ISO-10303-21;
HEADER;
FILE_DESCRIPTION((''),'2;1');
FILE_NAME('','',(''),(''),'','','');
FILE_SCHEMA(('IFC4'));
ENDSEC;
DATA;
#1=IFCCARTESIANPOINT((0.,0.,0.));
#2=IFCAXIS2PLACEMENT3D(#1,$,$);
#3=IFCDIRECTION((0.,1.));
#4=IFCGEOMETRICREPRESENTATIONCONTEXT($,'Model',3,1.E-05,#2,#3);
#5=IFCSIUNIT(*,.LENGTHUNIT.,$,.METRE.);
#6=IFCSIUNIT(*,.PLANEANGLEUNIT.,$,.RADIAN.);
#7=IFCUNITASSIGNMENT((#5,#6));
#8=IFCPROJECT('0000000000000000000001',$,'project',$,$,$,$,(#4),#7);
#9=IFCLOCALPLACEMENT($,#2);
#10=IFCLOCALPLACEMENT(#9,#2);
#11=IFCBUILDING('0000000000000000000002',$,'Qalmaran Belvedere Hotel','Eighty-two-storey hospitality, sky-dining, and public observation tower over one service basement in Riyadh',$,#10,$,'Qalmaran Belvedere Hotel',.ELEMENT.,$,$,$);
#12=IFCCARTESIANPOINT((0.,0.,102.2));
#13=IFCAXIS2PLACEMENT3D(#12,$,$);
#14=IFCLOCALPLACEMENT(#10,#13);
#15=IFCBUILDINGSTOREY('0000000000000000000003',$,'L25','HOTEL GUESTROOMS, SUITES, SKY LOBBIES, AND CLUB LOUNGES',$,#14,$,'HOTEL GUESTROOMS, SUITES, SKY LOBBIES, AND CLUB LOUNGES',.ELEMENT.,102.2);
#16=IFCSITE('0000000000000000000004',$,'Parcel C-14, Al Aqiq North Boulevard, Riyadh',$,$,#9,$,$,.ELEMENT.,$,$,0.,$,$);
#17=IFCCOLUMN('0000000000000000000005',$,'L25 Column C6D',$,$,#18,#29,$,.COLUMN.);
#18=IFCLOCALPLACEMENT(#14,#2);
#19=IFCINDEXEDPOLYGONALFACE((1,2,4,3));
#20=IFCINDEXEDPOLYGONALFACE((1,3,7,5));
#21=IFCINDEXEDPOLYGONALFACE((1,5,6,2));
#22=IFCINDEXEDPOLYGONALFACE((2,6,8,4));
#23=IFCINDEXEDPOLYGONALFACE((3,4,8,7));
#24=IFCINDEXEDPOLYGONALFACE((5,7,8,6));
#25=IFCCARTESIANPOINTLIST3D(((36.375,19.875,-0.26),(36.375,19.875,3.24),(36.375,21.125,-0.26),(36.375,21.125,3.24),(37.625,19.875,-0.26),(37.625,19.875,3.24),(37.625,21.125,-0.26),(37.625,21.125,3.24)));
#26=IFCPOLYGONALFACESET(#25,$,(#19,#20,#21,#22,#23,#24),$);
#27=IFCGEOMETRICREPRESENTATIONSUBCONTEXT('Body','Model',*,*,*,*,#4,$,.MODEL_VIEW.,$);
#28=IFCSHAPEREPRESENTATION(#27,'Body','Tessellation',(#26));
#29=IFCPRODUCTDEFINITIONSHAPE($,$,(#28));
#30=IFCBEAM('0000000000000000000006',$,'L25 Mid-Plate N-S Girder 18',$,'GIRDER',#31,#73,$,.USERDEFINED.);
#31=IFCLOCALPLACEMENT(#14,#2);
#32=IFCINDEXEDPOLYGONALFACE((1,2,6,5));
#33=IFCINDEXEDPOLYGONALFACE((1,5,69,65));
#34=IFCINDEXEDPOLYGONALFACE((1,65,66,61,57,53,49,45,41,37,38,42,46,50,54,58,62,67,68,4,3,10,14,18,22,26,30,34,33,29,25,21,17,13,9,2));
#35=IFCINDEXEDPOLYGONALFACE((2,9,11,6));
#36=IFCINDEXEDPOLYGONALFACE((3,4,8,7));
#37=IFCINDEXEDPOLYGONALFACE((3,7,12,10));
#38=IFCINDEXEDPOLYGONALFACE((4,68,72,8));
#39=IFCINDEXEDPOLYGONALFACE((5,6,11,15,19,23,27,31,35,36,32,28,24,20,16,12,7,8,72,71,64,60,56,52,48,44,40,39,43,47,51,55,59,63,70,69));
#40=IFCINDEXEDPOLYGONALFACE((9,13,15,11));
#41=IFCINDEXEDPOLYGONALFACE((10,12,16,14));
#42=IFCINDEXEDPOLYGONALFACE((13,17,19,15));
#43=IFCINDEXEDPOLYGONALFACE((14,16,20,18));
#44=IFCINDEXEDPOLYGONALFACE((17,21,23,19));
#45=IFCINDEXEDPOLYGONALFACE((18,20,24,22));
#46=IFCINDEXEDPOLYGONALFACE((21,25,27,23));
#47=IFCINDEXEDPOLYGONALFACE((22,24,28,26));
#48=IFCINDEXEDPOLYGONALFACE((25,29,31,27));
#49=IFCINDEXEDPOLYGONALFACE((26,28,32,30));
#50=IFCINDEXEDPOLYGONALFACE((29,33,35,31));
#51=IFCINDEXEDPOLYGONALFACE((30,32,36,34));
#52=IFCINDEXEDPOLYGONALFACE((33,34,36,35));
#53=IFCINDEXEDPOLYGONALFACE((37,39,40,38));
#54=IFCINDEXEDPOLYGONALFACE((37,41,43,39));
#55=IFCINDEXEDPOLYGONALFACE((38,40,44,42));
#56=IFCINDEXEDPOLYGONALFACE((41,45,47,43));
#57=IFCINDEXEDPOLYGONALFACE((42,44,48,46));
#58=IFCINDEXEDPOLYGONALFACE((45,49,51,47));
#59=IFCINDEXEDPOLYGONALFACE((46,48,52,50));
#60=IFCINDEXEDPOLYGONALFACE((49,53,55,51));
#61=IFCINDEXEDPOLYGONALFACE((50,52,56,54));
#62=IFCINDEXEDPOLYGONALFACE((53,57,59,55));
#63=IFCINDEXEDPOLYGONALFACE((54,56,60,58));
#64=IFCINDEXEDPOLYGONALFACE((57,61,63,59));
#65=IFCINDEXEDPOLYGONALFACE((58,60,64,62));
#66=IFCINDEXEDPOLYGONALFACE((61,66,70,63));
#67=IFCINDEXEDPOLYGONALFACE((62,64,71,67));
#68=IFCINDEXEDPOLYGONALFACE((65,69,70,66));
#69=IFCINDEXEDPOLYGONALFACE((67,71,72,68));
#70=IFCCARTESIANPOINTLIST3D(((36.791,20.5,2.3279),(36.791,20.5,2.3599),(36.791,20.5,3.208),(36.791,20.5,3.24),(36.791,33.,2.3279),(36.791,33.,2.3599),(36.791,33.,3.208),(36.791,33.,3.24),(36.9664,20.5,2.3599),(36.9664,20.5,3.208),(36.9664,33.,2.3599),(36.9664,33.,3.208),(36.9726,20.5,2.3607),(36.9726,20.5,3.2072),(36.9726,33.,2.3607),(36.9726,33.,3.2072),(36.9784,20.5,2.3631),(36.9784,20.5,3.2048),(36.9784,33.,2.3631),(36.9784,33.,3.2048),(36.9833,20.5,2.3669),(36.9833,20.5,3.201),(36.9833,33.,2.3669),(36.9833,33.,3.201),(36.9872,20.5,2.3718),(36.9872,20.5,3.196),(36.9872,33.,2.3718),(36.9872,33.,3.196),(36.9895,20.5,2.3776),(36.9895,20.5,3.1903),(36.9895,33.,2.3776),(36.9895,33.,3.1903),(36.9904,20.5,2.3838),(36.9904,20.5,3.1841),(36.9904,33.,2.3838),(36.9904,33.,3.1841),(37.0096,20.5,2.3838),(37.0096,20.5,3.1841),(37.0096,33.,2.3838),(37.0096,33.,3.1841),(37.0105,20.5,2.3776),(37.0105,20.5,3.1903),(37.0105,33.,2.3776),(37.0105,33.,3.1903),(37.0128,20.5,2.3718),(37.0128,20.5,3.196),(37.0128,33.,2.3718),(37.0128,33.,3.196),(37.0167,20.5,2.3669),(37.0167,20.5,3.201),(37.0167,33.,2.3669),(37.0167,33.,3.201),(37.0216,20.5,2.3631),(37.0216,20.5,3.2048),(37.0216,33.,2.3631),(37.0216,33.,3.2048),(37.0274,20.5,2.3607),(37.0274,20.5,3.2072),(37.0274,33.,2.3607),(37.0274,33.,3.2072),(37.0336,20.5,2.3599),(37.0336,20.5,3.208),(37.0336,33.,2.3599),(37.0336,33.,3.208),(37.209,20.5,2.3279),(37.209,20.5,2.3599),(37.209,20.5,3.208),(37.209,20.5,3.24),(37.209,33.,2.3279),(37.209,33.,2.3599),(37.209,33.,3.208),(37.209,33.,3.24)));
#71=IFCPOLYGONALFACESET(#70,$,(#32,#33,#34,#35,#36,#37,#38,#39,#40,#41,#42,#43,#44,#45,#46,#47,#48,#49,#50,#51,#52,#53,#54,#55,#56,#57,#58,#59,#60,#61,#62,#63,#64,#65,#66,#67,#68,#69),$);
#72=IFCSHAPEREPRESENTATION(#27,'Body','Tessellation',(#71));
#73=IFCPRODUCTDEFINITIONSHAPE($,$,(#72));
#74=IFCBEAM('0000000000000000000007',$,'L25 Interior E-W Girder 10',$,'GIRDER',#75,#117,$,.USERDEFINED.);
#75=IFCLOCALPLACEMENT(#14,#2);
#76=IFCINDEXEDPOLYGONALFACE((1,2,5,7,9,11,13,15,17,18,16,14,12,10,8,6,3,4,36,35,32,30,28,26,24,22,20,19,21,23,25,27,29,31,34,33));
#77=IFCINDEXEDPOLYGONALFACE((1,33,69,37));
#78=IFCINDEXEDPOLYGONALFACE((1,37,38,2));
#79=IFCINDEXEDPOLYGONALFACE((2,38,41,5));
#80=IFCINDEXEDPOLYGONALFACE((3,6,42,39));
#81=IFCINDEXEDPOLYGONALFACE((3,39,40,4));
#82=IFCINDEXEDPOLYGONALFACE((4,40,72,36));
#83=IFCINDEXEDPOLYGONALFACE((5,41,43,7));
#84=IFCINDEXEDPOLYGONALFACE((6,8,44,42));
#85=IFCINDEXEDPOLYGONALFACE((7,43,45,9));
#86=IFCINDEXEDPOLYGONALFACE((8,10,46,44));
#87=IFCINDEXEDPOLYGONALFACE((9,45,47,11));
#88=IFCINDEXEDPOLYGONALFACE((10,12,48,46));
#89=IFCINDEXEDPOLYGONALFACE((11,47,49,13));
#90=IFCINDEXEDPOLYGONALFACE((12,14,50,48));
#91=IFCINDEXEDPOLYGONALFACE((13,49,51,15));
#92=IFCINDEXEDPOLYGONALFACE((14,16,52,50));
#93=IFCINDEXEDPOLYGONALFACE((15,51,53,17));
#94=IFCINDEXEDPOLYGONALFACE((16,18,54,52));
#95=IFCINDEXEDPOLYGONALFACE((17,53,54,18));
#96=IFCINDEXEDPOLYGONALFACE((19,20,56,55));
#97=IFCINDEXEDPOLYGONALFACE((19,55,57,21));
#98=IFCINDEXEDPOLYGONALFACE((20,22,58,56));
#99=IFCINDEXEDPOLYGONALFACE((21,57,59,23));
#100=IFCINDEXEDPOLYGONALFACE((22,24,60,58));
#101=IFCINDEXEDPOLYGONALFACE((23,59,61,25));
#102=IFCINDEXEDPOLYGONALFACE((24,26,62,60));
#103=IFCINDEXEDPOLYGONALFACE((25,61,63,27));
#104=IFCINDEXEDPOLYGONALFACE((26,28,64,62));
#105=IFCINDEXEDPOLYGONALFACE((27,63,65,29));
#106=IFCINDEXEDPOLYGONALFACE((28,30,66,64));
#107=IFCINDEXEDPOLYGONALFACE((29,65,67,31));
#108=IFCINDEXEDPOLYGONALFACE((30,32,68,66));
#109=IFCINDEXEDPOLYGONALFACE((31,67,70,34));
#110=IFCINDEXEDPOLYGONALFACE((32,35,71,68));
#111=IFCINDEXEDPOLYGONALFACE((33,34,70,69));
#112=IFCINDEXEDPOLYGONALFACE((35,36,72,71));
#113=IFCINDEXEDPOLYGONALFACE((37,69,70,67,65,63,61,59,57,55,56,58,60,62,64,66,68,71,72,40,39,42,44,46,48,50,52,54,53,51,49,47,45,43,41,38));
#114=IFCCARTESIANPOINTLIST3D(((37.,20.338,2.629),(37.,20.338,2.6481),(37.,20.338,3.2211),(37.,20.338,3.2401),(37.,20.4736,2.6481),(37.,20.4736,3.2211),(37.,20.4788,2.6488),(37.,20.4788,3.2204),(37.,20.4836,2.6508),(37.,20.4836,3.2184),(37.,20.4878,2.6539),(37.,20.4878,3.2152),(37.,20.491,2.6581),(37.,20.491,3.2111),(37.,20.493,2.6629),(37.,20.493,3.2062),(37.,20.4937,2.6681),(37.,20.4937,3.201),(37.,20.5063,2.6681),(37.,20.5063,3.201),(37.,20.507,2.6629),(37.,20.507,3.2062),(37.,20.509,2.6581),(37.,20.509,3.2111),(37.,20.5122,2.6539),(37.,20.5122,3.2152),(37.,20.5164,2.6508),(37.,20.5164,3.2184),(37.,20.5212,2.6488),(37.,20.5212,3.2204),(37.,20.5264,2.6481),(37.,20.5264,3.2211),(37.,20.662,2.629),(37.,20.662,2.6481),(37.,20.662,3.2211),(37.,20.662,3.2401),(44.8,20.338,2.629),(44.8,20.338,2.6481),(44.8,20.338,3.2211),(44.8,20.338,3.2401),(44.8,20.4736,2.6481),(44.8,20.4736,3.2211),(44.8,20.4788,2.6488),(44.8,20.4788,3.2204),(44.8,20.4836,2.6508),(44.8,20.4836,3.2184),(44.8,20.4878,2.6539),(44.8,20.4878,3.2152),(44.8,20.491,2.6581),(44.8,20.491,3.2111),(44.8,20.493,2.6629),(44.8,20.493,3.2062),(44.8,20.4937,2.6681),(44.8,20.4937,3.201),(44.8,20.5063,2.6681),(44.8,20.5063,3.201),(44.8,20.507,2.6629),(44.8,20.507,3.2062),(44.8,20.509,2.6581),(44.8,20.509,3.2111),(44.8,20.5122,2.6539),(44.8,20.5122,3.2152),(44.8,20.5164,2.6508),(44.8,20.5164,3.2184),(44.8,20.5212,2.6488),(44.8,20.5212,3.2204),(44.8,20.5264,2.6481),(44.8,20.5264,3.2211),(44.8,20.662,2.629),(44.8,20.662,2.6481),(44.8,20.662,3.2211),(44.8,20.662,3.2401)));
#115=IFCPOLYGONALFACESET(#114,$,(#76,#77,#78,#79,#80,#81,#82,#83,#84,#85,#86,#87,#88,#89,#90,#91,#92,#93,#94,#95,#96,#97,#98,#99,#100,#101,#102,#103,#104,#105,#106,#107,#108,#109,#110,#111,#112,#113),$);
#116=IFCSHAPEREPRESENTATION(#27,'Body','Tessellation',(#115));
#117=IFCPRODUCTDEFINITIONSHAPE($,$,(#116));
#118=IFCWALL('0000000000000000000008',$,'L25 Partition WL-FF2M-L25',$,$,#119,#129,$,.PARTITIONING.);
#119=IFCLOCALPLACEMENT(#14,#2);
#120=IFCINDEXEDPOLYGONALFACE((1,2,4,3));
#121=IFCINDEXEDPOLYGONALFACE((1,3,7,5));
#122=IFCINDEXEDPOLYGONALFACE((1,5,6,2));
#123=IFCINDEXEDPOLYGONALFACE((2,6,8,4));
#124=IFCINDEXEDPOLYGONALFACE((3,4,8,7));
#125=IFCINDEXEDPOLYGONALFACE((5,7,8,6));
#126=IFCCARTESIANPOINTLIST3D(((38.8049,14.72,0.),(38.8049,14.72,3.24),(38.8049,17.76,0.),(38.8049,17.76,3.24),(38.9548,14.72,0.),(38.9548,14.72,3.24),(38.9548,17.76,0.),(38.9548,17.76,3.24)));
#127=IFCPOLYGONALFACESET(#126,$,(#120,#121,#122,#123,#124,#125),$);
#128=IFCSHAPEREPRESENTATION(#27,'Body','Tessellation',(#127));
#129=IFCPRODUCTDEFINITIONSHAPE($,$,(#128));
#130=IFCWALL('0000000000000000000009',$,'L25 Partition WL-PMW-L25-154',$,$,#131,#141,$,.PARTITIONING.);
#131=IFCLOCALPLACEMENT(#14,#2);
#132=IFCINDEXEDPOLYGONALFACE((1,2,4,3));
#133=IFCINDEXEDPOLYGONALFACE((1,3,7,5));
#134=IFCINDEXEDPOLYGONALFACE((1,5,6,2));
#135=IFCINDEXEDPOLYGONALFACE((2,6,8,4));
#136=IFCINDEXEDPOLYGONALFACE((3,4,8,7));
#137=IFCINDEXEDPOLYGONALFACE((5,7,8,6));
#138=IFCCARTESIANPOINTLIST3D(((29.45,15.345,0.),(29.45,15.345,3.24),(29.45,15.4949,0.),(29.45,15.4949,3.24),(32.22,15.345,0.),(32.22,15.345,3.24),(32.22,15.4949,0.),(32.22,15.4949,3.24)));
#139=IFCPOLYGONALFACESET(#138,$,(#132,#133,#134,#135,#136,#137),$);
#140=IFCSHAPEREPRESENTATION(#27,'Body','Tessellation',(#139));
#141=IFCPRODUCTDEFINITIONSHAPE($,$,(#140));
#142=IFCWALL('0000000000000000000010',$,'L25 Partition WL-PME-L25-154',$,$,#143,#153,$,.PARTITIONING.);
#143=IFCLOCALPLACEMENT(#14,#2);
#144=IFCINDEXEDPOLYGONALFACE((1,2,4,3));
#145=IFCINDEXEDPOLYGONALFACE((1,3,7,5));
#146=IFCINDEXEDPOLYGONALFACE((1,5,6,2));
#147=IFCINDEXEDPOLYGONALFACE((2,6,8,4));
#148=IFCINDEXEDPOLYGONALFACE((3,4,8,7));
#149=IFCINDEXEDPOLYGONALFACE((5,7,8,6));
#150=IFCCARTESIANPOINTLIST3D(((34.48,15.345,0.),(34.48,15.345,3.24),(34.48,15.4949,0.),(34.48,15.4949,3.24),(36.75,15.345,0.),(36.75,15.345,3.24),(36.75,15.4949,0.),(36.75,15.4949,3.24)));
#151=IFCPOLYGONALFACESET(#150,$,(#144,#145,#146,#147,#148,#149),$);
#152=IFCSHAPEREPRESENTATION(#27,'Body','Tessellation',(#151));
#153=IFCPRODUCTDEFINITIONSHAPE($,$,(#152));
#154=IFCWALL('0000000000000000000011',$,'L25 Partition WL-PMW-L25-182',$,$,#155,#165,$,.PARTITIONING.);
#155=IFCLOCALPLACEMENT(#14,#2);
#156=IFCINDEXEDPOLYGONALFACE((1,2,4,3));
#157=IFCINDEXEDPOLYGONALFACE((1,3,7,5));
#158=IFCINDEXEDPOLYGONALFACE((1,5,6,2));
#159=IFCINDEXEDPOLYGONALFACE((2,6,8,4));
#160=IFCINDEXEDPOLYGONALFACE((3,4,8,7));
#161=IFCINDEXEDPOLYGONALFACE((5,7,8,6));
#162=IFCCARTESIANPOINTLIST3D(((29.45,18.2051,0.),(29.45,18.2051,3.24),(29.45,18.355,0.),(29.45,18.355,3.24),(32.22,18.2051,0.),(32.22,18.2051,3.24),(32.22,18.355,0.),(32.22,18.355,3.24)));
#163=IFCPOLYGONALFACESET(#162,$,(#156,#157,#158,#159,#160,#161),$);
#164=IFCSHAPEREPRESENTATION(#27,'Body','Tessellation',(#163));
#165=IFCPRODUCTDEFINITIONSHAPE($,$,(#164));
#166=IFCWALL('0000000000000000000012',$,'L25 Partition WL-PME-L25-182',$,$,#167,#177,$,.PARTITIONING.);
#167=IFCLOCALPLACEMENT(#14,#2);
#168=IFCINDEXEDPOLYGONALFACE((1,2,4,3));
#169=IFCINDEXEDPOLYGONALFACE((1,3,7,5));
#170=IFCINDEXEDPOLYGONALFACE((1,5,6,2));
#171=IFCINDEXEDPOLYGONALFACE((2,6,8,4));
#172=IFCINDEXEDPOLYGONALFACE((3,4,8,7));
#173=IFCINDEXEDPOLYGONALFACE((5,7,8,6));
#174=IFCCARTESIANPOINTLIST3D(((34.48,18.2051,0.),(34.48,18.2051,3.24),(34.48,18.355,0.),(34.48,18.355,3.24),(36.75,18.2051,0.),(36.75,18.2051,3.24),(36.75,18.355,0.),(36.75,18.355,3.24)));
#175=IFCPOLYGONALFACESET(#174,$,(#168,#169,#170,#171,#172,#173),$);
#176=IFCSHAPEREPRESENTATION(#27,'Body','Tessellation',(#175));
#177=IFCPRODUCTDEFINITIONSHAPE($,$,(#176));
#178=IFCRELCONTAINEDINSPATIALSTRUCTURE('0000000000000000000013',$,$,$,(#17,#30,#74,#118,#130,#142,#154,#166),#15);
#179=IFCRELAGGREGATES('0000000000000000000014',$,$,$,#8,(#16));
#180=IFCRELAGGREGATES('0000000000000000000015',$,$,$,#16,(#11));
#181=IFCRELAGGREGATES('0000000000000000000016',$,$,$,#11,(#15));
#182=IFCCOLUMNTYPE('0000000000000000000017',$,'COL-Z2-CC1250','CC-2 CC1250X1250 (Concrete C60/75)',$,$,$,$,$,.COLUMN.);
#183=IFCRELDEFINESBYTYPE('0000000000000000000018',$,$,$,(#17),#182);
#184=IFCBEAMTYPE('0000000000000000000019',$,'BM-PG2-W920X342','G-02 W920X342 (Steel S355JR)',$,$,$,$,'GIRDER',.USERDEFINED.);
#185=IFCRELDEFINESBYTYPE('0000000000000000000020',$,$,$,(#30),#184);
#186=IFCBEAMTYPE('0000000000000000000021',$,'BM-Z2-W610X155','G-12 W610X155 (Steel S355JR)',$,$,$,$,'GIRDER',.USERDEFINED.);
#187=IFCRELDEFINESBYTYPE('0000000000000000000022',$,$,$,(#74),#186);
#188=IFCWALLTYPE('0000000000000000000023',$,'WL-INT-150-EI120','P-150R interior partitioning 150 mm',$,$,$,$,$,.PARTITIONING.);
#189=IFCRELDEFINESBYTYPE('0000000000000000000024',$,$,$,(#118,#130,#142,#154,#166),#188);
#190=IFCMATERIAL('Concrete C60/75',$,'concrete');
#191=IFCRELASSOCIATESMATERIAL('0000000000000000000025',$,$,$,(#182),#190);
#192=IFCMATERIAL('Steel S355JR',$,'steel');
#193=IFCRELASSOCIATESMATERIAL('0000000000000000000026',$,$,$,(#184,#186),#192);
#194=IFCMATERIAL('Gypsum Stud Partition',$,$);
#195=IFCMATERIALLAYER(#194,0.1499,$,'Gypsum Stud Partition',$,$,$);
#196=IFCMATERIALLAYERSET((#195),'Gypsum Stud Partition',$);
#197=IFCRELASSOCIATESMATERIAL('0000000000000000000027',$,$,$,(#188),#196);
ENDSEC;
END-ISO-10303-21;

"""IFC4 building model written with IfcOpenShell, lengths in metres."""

from ifc_helpers import new_model, si_unit, direction, frame, frame_2d, origin, origin_2d, place, context, subcontext, project, spatial, rectangle, i_section, extrude, material, layer, layer_set, material_profile, profile_set, type_object, element, save


model = new_model("IFC4")

# Units and contexts
model_context = context("Model", 3, precision=1e-05, world=origin(), true_north=direction((0.0, 1.0)))
body_context = subcontext(model_context, "Body", "Model", "MODEL_VIEW")
ifc_project = project(units=[si_unit("LENGTHUNIT", "METRE"), si_unit("PLANEANGLEUNIT", "RADIAN")], contexts=[model_context])

# Site, building, storey
site_placement = place(None, origin())
site = spatial("IfcSite", under=ifc_project, at=site_placement, Name="Parcel C-14, Al Aqiq North Boulevard, Riyadh", CompositionType="ELEMENT", RefElevation=0.0)
building_placement = place(site_placement, origin())
building = spatial("IfcBuilding", under=site, at=building_placement, Name="Qalmaran Belvedere Hotel", Description="Eighty-two-storey hospitality, sky-dining, and public observation tower over one service basement in Riyadh", LongName="Qalmaran Belvedere Hotel", CompositionType="ELEMENT")
storey_placement = place(building_placement, frame((0.0, 0.0, 102.2)))
storey = spatial("IfcBuildingStorey", under=building, at=storey_placement, Name="L25", Description="HOTEL GUESTROOMS, SUITES, SKY LOBBIES, AND CLUB LOUNGES", LongName="HOTEL GUESTROOMS, SUITES, SKY LOBBIES, AND CLUB LOUNGES", CompositionType="ELEMENT", Elevation=102.2)

# Column
ifc_material_1 = material(Name="Concrete C60/75", Category="concrete")
ifc_material_profile_1 = material_profile(ifc_material_1, rectangle(XDim=1.25, YDim=1.25, at=origin_2d()), Name="CC1250X1250")
ifc_profile_set_1 = profile_set([ifc_material_profile_1], Name="Concrete C60/75")
column_type = type_object("IfcColumnType", Name="COL-Z2-CC1250", Description="CC-2 CC1250X1250 (Concrete C60/75)", PredefinedType="COLUMN", material=ifc_profile_set_1)
column_placement = place(storey_placement, frame((37.0, 20.5, -0.26), z_axis=(0.0, 0.0, 1.0), x_axis=(1.0, 0.0, 0.0)))
element("IfcColumn", 1, at=column_placement, inside=storey, type_object=column_type, Name="L25 Column C6D", PredefinedType="COLUMN", context=body_context, shape_type="SweptSolid", body=[
    extrude(rectangle(XDim=1.25, YDim=1.25, at=origin_2d()), origin(), (0.0, 0.0, 1.0), 3.5),
])

# Beams
ifc_material_2 = material(Name="Steel S355JR", Category="steel")
ifc_material_profile_2 = material_profile(ifc_material_2, i_section(OverallWidth=0.418, OverallDepth=0.9121, WebThickness=0.0193, FlangeThickness=0.032, FilletRadius=0.0239, at=origin_2d()), Name="W920X342")
ifc_profile_set_2 = profile_set([ifc_material_profile_2], Name="Steel S355JR")
beam_type_1 = type_object("IfcBeamType", Name="BM-PG2-W920X342", Description="G-02 W920X342 (Steel S355JR)", ElementType="GIRDER", PredefinedType="USERDEFINED", material=ifc_profile_set_2)
beam_1_placement = place(storey_placement, frame((37.0, 20.5, 2.7839), z_axis=(0.0, 1.0, 0.0), x_axis=(-1.0, 0.0, 0.0)))
element("IfcBeam", 2, at=beam_1_placement, inside=storey, type_object=beam_type_1, Name="L25 Mid-Plate N-S Girder 18", ObjectType="GIRDER", PredefinedType="USERDEFINED", context=body_context, shape_type="SweptSolid", body=[
    extrude(i_section(OverallWidth=0.418, OverallDepth=0.9121, WebThickness=0.0193, FlangeThickness=0.032, FilletRadius=0.0239, at=origin_2d()), origin(), (0.0, 0.0, 1.0), 12.5),
])
ifc_material_profile_3 = material_profile(ifc_material_2, i_section(OverallWidth=0.324, OverallDepth=0.6111, WebThickness=0.0127, FlangeThickness=0.019, FilletRadius=0.02, at=origin_2d()), Name="W610X155")
ifc_profile_set_3 = profile_set([ifc_material_profile_3], Name="Steel S355JR")
beam_type_2 = type_object("IfcBeamType", Name="BM-Z2-W610X155", Description="G-12 W610X155 (Steel S355JR)", ElementType="GIRDER", PredefinedType="USERDEFINED", material=ifc_profile_set_3)
beam_2_placement = place(storey_placement, frame((37.0, 20.5, 2.9346), z_axis=(1.0, 0.0, 0.0), x_axis=(0.0, 1.0, 0.0)))
element("IfcBeam", 3, at=beam_2_placement, inside=storey, type_object=beam_type_2, Name="L25 Interior E-W Girder 10", ObjectType="GIRDER", PredefinedType="USERDEFINED", context=body_context, shape_type="SweptSolid", body=[
    extrude(i_section(OverallWidth=0.324, OverallDepth=0.6111, WebThickness=0.0127, FlangeThickness=0.019, FilletRadius=0.02, at=origin_2d()), origin(), (0.0, 0.0, 1.0), 7.8),
])

# Walls
ifc_material_3 = material(Name="Gypsum Stud Partition")
ifc_layer_1 = layer(ifc_material_3, 0.1499, Name="Gypsum Stud Partition")
ifc_layer_set_1 = layer_set([ifc_layer_1], Name="Gypsum Stud Partition")
wall_type_1 = type_object("IfcWallType", Name="WL-INT-150-EI120", Description="P-150R interior partitioning 150 mm", PredefinedType="PARTITIONING", material=ifc_layer_set_1)
wall_1_placement = place(storey_placement, frame((38.8799, 14.72, 0.0), z_axis=(0.0, 0.0, 1.0), x_axis=(0.0, 1.0, 0.0)))
element("IfcWall", 4, at=wall_1_placement, inside=storey, type_object=wall_type_1, Name="L25 Partition WL-FF2M-L25", PredefinedType="PARTITIONING", context=body_context, shape_type="SweptSolid", body=[
    extrude(rectangle(XDim=3.04, YDim=0.1499, at=frame_2d((1.52, 0.0))), origin(), (0.0, 0.0, 1.0), 3.24),
])
wall_2_placement = place(storey_placement, frame((29.45, 15.4199, 0.0), z_axis=(0.0, 0.0, 1.0), x_axis=(1.0, 0.0, 0.0)))
element("IfcWall", 5, at=wall_2_placement, inside=storey, type_object=wall_type_1, Name="L25 Partition WL-PMW-L25-154", PredefinedType="PARTITIONING", context=body_context, shape_type="SweptSolid", body=[
    extrude(rectangle(XDim=2.77, YDim=0.1499, at=frame_2d((1.385, 0.0))), origin(), (0.0, 0.0, 1.0), 3.24),
])
wall_3_placement = place(storey_placement, frame((34.48, 15.4199, 0.0), z_axis=(0.0, 0.0, 1.0), x_axis=(1.0, 0.0, 0.0)))
element("IfcWall", 6, at=wall_3_placement, inside=storey, type_object=wall_type_1, Name="L25 Partition WL-PME-L25-154", PredefinedType="PARTITIONING", context=body_context, shape_type="SweptSolid", body=[
    extrude(rectangle(XDim=2.27, YDim=0.1499, at=frame_2d((1.135, 0.0))), origin(), (0.0, 0.0, 1.0), 3.24),
])
wall_4_placement = place(storey_placement, frame((29.45, 18.28, 0.0), z_axis=(0.0, 0.0, 1.0), x_axis=(1.0, 0.0, 0.0)))
element("IfcWall", 7, at=wall_4_placement, inside=storey, type_object=wall_type_1, Name="L25 Partition WL-PMW-L25-182", PredefinedType="PARTITIONING", context=body_context, shape_type="SweptSolid", body=[
    extrude(rectangle(XDim=2.77, YDim=0.1499, at=frame_2d((1.385, 0.0))), origin(), (0.0, 0.0, 1.0), 3.24),
])
wall_5_placement = place(storey_placement, frame((34.48, 18.28, 0.0), z_axis=(0.0, 0.0, 1.0), x_axis=(1.0, 0.0, 0.0)))
element("IfcWall", 8, at=wall_5_placement, inside=storey, type_object=wall_type_1, Name="L25 Partition WL-PME-L25-182", PredefinedType="PARTITIONING", context=body_context, shape_type="SweptSolid", body=[
    extrude(rectangle(XDim=2.27, YDim=0.1499, at=frame_2d((1.135, 0.0))), origin(), (0.0, 0.0, 1.0), 3.24),
])

save(model, "model.ifc")
